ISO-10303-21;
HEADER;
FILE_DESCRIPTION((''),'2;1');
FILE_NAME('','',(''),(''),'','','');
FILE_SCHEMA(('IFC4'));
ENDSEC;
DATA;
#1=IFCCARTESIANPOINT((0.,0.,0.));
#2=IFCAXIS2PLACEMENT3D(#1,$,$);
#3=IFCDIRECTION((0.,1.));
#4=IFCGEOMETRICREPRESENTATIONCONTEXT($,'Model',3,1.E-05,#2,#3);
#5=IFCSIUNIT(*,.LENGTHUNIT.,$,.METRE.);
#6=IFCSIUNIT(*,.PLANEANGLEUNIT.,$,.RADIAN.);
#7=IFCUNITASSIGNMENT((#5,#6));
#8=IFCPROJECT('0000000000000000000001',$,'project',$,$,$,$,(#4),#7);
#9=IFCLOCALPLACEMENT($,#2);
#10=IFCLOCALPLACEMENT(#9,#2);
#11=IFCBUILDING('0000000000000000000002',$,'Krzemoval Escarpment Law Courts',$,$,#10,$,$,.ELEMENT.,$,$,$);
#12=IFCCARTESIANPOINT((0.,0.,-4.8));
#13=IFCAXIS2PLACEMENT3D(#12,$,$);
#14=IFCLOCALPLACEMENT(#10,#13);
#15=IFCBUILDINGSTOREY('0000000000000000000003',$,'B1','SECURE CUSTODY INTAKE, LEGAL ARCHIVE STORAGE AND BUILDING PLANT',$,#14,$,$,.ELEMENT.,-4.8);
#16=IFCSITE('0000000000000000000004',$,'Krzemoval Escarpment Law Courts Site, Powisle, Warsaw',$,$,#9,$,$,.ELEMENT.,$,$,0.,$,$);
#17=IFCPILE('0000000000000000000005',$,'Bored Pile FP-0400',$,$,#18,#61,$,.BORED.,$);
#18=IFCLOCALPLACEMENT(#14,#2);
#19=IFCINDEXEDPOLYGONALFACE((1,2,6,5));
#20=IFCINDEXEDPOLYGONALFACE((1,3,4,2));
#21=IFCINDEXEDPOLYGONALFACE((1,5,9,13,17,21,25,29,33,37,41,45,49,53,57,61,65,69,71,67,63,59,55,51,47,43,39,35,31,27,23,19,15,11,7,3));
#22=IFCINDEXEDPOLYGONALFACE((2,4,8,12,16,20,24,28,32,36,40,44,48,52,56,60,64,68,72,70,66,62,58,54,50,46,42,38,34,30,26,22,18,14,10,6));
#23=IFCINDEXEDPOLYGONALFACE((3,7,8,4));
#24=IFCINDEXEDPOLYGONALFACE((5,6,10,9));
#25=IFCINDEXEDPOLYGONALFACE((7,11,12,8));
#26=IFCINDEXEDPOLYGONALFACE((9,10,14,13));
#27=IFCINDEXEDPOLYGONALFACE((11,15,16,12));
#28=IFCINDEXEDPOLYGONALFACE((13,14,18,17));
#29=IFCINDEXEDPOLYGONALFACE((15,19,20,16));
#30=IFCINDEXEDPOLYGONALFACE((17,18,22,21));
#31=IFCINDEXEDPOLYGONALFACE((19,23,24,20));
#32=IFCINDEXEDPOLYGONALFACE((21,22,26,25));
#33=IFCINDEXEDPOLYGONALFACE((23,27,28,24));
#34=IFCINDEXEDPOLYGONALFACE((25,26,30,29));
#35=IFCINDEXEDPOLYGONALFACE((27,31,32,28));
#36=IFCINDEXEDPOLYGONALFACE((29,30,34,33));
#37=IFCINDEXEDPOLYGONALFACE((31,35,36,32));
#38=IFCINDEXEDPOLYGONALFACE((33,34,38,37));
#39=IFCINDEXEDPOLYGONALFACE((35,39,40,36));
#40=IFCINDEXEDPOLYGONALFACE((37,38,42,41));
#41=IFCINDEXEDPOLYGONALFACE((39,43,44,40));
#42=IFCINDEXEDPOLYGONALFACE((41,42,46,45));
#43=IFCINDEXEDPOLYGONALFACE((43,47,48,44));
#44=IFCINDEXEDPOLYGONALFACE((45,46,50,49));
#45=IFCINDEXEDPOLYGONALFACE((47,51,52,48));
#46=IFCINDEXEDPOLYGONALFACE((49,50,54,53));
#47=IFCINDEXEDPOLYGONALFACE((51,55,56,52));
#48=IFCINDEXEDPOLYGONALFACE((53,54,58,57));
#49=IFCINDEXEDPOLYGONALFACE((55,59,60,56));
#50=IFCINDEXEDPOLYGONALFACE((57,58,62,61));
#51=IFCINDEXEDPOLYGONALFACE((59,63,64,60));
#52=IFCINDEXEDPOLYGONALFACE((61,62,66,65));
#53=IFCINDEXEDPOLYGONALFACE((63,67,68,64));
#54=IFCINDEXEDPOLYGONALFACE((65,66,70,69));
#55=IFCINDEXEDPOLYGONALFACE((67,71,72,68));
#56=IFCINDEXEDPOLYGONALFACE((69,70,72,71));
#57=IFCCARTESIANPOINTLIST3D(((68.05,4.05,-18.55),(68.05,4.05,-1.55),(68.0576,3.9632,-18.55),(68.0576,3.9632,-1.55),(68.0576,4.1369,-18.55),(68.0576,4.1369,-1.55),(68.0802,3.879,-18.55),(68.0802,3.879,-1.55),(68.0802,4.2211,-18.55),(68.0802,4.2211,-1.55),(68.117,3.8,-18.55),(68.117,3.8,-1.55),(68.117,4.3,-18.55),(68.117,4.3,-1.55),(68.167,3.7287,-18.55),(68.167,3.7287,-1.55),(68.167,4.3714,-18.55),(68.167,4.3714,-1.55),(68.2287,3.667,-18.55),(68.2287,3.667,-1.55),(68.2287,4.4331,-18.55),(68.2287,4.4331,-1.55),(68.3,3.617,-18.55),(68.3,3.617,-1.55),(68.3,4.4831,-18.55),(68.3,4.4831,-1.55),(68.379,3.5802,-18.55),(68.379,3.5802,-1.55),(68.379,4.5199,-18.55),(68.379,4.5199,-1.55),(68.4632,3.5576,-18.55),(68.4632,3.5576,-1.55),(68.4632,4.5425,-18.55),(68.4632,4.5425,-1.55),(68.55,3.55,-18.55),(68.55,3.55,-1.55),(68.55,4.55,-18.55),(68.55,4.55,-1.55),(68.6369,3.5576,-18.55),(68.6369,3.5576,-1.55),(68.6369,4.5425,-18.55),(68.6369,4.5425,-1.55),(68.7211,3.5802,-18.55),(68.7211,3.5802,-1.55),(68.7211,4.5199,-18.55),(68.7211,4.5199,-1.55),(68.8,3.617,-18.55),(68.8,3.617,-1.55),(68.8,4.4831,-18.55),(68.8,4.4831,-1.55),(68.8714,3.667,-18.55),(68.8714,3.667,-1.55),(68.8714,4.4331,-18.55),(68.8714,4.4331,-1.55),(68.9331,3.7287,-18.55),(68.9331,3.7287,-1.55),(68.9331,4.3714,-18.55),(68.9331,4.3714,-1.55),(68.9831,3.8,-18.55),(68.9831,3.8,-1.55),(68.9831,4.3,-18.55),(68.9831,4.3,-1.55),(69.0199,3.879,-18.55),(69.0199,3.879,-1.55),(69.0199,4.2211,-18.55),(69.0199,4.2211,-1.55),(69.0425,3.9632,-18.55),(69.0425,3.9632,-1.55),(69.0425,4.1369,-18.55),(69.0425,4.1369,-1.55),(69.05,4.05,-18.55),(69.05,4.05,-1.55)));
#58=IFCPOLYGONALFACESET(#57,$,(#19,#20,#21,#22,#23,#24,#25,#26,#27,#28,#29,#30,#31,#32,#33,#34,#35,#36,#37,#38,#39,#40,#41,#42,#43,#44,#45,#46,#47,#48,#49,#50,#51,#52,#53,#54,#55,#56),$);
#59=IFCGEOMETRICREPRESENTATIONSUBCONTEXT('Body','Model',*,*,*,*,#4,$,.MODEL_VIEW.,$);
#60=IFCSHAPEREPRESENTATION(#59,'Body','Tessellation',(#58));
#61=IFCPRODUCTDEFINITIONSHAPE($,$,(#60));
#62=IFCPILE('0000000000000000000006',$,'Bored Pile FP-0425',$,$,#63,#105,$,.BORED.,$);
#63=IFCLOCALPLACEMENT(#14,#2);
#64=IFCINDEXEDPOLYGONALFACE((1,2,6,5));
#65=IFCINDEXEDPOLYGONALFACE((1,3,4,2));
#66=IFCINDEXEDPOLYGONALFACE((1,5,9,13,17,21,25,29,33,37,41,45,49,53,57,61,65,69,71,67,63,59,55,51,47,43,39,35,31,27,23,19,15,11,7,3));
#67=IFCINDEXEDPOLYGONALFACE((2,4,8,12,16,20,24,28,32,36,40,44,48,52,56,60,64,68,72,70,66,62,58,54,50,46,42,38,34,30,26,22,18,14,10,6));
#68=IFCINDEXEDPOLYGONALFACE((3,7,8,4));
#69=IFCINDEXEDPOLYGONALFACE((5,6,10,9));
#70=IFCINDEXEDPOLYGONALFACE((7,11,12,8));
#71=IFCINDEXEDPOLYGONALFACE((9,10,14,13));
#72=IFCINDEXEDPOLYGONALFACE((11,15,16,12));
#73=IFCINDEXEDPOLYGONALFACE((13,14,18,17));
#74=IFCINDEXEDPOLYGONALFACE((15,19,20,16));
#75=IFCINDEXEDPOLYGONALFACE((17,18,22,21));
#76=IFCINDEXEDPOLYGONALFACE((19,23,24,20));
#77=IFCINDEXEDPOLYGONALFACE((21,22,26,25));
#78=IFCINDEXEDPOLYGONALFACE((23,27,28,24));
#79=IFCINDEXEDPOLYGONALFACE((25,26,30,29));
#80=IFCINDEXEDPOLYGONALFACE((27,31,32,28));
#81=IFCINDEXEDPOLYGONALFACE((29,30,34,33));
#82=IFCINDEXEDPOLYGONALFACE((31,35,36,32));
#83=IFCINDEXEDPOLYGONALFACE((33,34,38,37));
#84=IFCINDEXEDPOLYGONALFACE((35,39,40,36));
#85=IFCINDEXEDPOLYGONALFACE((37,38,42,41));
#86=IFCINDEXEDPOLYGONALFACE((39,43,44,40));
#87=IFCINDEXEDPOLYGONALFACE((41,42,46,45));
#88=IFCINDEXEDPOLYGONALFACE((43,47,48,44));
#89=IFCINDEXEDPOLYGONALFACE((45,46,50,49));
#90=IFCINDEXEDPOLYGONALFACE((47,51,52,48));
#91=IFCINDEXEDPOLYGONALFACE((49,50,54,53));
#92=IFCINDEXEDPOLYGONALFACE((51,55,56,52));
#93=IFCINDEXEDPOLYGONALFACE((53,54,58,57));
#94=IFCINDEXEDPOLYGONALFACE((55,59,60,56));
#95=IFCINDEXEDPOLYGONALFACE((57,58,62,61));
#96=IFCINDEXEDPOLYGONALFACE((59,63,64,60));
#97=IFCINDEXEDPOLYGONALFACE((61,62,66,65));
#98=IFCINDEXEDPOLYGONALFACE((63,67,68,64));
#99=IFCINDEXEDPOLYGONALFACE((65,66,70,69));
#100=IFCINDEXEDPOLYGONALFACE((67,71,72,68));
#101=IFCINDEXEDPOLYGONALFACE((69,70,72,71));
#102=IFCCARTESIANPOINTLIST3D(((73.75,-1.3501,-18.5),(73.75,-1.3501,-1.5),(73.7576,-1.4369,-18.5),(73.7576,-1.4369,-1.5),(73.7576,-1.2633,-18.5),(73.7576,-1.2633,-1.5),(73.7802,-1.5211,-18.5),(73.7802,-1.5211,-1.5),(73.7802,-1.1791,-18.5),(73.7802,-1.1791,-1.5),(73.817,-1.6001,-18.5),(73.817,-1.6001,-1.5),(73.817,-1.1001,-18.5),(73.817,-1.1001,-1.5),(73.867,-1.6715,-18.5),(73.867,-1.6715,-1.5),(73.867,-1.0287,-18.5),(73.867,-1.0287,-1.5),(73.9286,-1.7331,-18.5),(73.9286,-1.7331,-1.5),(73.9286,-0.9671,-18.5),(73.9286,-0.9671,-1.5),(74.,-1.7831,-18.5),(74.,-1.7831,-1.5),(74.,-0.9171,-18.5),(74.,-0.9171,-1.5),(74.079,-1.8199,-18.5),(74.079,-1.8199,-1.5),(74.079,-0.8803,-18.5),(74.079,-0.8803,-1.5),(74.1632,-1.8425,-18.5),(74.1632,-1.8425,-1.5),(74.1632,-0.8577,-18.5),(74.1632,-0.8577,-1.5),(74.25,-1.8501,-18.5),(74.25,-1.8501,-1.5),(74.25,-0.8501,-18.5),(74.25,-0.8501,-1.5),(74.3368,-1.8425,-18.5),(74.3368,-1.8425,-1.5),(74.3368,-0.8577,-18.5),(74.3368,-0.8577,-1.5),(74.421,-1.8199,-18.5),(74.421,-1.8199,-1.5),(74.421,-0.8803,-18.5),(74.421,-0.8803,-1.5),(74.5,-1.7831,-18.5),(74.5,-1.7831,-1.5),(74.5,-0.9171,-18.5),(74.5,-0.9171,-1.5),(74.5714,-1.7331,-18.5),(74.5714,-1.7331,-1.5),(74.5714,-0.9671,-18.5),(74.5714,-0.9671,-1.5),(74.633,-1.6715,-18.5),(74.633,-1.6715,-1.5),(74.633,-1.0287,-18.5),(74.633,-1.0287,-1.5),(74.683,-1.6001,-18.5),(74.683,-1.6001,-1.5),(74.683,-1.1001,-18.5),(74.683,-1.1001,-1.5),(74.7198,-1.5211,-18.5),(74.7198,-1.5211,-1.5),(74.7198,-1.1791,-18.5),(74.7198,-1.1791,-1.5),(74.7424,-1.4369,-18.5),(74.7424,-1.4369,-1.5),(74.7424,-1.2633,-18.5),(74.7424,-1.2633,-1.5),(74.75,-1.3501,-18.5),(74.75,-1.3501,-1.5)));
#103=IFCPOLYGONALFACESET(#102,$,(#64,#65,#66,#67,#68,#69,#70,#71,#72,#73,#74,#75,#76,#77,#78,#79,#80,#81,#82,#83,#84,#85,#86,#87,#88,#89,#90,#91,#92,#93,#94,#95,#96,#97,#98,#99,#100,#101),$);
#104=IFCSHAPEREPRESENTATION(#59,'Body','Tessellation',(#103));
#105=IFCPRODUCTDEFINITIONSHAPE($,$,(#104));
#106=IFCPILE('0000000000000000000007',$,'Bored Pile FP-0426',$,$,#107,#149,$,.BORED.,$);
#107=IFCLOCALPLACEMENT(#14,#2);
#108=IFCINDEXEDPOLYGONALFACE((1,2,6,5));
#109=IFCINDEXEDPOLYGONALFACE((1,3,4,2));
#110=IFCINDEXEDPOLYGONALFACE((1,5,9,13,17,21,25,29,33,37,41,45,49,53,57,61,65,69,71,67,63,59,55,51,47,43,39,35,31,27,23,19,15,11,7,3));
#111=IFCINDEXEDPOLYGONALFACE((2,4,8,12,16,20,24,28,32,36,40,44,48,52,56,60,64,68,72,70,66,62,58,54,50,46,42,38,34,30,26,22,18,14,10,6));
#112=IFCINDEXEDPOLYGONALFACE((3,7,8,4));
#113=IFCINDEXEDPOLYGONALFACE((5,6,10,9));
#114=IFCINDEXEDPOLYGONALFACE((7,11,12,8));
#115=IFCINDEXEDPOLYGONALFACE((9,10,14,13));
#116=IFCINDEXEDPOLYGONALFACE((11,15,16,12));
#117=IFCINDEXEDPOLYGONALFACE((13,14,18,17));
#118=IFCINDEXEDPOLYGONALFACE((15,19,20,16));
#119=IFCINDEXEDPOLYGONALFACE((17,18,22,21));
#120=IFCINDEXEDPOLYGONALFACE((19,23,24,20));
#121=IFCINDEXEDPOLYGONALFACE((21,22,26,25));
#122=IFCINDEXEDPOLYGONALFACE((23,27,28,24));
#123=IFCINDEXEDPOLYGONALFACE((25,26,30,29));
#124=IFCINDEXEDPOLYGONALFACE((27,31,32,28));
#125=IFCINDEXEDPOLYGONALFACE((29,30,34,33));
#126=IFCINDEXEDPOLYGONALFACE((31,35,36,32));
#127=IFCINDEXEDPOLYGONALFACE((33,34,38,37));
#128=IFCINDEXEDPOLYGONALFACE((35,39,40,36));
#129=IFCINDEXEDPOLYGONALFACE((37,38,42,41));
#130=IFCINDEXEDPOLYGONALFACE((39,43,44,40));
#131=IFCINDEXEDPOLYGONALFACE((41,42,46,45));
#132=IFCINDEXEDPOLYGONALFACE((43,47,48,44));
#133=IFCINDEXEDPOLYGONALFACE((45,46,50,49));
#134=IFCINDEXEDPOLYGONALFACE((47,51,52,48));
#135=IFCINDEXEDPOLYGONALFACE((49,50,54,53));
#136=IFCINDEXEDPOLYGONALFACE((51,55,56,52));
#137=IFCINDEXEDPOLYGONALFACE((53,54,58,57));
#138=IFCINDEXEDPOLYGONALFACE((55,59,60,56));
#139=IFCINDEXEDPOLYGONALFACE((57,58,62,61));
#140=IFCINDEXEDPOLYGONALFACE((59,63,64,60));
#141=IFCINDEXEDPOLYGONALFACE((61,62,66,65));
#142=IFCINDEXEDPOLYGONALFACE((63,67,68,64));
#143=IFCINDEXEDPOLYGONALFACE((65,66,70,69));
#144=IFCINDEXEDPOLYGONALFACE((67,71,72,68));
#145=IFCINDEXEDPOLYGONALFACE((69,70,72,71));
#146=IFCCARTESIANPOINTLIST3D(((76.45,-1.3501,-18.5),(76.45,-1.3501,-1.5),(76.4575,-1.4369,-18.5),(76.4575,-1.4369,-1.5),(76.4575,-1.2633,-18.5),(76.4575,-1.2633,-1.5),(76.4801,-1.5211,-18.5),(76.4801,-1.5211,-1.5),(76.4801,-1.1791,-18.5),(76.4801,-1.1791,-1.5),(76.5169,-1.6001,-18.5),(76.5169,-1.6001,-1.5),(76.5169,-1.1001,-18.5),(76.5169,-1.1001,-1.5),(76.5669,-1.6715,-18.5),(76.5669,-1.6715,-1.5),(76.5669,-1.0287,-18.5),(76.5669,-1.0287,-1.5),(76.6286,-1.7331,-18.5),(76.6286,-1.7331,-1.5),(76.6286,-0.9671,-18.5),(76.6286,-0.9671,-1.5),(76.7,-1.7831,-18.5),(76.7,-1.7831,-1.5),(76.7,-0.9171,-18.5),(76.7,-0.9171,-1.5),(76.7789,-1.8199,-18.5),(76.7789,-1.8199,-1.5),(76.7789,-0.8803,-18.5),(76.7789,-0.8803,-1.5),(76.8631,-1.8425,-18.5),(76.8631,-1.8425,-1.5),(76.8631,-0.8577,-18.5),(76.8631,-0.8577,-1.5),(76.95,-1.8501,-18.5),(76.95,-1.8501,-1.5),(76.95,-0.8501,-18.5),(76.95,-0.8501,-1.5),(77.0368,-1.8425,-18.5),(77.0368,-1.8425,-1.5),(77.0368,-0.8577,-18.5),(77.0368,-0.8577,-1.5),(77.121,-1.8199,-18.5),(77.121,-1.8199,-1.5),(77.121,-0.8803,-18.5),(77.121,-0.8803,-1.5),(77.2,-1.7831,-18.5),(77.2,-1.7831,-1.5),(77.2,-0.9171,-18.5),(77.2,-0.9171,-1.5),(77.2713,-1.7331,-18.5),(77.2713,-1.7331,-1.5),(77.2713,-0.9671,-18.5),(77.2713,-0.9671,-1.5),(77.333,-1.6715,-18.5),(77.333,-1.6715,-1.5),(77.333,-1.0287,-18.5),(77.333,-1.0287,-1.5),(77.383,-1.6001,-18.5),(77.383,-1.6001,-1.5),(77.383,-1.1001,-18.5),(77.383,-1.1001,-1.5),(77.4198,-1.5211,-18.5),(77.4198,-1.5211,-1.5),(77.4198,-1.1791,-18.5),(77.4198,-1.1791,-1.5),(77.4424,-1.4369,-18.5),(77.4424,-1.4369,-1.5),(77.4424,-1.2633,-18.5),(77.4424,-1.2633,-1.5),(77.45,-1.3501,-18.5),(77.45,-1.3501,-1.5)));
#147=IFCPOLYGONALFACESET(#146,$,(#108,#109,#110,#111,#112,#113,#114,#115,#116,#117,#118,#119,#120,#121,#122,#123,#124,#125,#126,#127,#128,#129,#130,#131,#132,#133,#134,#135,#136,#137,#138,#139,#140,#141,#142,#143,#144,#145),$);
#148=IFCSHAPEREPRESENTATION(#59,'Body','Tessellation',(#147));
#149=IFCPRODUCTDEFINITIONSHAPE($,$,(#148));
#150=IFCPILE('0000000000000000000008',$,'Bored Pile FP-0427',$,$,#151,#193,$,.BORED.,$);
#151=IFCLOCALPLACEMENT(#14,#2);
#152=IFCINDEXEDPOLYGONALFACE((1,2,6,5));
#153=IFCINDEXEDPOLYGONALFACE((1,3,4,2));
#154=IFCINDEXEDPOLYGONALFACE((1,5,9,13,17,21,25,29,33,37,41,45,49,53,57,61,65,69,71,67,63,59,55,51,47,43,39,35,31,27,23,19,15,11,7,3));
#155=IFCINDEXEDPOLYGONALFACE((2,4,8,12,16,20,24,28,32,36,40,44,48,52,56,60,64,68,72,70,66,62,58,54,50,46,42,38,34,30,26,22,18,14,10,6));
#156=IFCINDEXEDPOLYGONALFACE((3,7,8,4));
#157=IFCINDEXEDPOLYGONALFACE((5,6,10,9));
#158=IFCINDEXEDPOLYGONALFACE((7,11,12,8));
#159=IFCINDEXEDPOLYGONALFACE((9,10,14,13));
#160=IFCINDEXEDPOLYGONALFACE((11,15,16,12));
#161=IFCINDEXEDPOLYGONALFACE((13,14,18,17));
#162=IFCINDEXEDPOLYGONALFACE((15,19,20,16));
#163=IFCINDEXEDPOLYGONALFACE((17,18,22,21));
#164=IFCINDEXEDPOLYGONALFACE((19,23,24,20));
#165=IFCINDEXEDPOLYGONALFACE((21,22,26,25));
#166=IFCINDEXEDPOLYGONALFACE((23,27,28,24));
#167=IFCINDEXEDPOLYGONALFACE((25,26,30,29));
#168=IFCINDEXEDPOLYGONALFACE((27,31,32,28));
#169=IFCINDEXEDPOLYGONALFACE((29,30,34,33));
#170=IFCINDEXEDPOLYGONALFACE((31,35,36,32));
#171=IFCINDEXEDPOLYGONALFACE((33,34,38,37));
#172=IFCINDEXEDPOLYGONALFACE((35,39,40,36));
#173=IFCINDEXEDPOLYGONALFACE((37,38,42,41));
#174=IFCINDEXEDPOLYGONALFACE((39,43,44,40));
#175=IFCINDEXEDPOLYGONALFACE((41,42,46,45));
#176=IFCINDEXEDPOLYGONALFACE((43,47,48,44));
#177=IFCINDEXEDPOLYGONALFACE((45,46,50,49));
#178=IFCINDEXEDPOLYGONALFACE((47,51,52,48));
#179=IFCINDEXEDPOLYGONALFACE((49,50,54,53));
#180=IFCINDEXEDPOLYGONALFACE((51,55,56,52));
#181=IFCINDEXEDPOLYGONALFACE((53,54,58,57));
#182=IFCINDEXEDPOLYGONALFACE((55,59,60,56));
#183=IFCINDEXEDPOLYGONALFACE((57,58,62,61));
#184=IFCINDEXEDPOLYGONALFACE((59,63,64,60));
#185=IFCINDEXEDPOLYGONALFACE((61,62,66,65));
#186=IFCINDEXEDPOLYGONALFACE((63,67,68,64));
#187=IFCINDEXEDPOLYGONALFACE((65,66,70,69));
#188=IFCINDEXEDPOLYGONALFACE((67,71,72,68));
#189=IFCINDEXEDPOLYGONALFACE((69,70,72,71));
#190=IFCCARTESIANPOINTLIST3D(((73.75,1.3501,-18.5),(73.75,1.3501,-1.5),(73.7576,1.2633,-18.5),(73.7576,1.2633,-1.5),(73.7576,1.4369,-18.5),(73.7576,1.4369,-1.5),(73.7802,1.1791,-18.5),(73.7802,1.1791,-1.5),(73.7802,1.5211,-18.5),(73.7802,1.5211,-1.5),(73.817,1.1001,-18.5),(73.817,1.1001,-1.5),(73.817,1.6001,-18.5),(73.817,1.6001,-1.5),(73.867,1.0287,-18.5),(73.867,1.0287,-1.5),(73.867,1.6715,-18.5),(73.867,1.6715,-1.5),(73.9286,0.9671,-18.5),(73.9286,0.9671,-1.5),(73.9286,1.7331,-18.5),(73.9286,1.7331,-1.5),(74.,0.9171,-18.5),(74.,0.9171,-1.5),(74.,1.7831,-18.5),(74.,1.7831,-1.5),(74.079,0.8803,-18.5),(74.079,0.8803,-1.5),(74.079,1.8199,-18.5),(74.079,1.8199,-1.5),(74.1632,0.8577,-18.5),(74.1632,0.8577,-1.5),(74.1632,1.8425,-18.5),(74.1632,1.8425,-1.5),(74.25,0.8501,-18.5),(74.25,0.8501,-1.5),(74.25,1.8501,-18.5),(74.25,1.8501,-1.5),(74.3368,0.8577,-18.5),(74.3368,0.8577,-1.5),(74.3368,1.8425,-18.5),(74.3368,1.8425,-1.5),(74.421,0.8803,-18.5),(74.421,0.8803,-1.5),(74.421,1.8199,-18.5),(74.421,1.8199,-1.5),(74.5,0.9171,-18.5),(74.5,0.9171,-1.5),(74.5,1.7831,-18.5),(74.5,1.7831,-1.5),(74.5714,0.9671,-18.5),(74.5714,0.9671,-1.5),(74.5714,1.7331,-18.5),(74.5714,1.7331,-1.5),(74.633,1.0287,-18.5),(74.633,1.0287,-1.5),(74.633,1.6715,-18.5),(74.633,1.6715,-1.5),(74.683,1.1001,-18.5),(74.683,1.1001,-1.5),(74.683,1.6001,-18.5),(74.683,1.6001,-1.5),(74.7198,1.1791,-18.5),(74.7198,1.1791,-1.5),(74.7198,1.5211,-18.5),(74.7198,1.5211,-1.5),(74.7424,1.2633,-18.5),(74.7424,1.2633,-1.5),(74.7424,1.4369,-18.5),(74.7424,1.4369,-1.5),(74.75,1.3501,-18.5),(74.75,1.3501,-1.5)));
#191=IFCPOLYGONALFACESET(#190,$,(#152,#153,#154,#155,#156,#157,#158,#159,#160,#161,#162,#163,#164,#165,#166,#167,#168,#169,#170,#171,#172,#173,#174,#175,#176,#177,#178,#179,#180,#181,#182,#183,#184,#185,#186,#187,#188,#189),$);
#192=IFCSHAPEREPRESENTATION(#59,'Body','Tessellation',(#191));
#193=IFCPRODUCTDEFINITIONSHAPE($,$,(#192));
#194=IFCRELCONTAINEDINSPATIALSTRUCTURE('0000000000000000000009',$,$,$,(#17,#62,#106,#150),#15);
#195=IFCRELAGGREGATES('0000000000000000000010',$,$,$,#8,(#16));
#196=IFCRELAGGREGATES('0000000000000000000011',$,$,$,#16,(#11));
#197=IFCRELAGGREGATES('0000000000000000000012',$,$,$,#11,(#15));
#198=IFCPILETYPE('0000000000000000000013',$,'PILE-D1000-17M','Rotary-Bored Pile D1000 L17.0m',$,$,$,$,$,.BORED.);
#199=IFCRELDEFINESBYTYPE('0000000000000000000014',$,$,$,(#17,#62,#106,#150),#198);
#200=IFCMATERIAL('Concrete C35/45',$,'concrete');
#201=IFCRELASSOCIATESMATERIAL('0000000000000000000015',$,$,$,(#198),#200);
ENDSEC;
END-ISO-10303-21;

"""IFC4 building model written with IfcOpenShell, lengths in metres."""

from ifc_helpers import new_model, si_unit, direction, frame, origin, origin_2d, place, context, subcontext, project, spatial, circle, extrude, material, material_profile, profile_set, type_object, element, save


model = new_model("IFC4")

# Units and contexts
model_context = context("Model", 3, precision=1e-05, world=origin(), true_north=direction((0.0, 1.0)))
body_context = subcontext(model_context, "Body", "Model", "MODEL_VIEW")
ifc_project = project(units=[si_unit("LENGTHUNIT", "METRE"), si_unit("PLANEANGLEUNIT", "RADIAN")], contexts=[model_context])

# Site, building, storey
site_placement = place(None, origin())
site = spatial("IfcSite", under=ifc_project, at=site_placement, Name="Krzemoval Escarpment Law Courts Site, Powisle, Warsaw", CompositionType="ELEMENT", RefElevation=0.0)
building_placement = place(site_placement, origin())
building = spatial("IfcBuilding", under=site, at=building_placement, Name="Krzemoval Escarpment Law Courts", CompositionType="ELEMENT")
storey_placement = place(building_placement, frame((0.0, 0.0, -4.8)))
storey = spatial("IfcBuildingStorey", under=building, at=storey_placement, Name="B1", Description="SECURE CUSTODY INTAKE, LEGAL ARCHIVE STORAGE AND BUILDING PLANT", CompositionType="ELEMENT", Elevation=-4.8)

# Piles
ifc_material_1 = material(Name="Concrete C35/45", Category="concrete")
ifc_material_profile_1 = material_profile(ifc_material_1, circle(Radius=0.5, at=origin_2d()), Name="PILE D1000")
ifc_profile_set_1 = profile_set([ifc_material_profile_1], Name="Concrete C35/45")
pile_type = type_object("IfcPileType", Name="PILE-D1000-17M", Description="Rotary-Bored Pile D1000 L17.0m", PredefinedType="BORED", material=ifc_profile_set_1)
for number, where, z_axis, x_axis, name in (
    (1, (68.55, 4.05, -1.55), (0.0, 0.0, -1.0), (1.0, 0.0, 0.0), "Bored Pile FP-0400"),
    (2, (74.25, -1.3501, -1.5), (0.0, 0.0, -1.0), (1.0, 0.0, 0.0), "Bored Pile FP-0425"),
    (3, (76.95, -1.3501, -1.5), (0.0, 0.0, -1.0), (1.0, 0.0, 0.0), "Bored Pile FP-0426"),
    (4, (74.25, 1.3501, -1.5), (0.0, 0.0, -1.0), (1.0, 0.0, 0.0), "Bored Pile FP-0427"),
):
    element("IfcPile", number, at=place(storey_placement, frame(where, z_axis=z_axis, x_axis=x_axis)), inside=storey, type_object=pile_type, Name=name, PredefinedType="BORED", context=body_context, shape_type="SweptSolid", body=[
        extrude(circle(Radius=0.5, at=origin_2d()), origin(), (0.0, 0.0, 1.0), 17.0),
    ])

save(model, "model.ifc")
